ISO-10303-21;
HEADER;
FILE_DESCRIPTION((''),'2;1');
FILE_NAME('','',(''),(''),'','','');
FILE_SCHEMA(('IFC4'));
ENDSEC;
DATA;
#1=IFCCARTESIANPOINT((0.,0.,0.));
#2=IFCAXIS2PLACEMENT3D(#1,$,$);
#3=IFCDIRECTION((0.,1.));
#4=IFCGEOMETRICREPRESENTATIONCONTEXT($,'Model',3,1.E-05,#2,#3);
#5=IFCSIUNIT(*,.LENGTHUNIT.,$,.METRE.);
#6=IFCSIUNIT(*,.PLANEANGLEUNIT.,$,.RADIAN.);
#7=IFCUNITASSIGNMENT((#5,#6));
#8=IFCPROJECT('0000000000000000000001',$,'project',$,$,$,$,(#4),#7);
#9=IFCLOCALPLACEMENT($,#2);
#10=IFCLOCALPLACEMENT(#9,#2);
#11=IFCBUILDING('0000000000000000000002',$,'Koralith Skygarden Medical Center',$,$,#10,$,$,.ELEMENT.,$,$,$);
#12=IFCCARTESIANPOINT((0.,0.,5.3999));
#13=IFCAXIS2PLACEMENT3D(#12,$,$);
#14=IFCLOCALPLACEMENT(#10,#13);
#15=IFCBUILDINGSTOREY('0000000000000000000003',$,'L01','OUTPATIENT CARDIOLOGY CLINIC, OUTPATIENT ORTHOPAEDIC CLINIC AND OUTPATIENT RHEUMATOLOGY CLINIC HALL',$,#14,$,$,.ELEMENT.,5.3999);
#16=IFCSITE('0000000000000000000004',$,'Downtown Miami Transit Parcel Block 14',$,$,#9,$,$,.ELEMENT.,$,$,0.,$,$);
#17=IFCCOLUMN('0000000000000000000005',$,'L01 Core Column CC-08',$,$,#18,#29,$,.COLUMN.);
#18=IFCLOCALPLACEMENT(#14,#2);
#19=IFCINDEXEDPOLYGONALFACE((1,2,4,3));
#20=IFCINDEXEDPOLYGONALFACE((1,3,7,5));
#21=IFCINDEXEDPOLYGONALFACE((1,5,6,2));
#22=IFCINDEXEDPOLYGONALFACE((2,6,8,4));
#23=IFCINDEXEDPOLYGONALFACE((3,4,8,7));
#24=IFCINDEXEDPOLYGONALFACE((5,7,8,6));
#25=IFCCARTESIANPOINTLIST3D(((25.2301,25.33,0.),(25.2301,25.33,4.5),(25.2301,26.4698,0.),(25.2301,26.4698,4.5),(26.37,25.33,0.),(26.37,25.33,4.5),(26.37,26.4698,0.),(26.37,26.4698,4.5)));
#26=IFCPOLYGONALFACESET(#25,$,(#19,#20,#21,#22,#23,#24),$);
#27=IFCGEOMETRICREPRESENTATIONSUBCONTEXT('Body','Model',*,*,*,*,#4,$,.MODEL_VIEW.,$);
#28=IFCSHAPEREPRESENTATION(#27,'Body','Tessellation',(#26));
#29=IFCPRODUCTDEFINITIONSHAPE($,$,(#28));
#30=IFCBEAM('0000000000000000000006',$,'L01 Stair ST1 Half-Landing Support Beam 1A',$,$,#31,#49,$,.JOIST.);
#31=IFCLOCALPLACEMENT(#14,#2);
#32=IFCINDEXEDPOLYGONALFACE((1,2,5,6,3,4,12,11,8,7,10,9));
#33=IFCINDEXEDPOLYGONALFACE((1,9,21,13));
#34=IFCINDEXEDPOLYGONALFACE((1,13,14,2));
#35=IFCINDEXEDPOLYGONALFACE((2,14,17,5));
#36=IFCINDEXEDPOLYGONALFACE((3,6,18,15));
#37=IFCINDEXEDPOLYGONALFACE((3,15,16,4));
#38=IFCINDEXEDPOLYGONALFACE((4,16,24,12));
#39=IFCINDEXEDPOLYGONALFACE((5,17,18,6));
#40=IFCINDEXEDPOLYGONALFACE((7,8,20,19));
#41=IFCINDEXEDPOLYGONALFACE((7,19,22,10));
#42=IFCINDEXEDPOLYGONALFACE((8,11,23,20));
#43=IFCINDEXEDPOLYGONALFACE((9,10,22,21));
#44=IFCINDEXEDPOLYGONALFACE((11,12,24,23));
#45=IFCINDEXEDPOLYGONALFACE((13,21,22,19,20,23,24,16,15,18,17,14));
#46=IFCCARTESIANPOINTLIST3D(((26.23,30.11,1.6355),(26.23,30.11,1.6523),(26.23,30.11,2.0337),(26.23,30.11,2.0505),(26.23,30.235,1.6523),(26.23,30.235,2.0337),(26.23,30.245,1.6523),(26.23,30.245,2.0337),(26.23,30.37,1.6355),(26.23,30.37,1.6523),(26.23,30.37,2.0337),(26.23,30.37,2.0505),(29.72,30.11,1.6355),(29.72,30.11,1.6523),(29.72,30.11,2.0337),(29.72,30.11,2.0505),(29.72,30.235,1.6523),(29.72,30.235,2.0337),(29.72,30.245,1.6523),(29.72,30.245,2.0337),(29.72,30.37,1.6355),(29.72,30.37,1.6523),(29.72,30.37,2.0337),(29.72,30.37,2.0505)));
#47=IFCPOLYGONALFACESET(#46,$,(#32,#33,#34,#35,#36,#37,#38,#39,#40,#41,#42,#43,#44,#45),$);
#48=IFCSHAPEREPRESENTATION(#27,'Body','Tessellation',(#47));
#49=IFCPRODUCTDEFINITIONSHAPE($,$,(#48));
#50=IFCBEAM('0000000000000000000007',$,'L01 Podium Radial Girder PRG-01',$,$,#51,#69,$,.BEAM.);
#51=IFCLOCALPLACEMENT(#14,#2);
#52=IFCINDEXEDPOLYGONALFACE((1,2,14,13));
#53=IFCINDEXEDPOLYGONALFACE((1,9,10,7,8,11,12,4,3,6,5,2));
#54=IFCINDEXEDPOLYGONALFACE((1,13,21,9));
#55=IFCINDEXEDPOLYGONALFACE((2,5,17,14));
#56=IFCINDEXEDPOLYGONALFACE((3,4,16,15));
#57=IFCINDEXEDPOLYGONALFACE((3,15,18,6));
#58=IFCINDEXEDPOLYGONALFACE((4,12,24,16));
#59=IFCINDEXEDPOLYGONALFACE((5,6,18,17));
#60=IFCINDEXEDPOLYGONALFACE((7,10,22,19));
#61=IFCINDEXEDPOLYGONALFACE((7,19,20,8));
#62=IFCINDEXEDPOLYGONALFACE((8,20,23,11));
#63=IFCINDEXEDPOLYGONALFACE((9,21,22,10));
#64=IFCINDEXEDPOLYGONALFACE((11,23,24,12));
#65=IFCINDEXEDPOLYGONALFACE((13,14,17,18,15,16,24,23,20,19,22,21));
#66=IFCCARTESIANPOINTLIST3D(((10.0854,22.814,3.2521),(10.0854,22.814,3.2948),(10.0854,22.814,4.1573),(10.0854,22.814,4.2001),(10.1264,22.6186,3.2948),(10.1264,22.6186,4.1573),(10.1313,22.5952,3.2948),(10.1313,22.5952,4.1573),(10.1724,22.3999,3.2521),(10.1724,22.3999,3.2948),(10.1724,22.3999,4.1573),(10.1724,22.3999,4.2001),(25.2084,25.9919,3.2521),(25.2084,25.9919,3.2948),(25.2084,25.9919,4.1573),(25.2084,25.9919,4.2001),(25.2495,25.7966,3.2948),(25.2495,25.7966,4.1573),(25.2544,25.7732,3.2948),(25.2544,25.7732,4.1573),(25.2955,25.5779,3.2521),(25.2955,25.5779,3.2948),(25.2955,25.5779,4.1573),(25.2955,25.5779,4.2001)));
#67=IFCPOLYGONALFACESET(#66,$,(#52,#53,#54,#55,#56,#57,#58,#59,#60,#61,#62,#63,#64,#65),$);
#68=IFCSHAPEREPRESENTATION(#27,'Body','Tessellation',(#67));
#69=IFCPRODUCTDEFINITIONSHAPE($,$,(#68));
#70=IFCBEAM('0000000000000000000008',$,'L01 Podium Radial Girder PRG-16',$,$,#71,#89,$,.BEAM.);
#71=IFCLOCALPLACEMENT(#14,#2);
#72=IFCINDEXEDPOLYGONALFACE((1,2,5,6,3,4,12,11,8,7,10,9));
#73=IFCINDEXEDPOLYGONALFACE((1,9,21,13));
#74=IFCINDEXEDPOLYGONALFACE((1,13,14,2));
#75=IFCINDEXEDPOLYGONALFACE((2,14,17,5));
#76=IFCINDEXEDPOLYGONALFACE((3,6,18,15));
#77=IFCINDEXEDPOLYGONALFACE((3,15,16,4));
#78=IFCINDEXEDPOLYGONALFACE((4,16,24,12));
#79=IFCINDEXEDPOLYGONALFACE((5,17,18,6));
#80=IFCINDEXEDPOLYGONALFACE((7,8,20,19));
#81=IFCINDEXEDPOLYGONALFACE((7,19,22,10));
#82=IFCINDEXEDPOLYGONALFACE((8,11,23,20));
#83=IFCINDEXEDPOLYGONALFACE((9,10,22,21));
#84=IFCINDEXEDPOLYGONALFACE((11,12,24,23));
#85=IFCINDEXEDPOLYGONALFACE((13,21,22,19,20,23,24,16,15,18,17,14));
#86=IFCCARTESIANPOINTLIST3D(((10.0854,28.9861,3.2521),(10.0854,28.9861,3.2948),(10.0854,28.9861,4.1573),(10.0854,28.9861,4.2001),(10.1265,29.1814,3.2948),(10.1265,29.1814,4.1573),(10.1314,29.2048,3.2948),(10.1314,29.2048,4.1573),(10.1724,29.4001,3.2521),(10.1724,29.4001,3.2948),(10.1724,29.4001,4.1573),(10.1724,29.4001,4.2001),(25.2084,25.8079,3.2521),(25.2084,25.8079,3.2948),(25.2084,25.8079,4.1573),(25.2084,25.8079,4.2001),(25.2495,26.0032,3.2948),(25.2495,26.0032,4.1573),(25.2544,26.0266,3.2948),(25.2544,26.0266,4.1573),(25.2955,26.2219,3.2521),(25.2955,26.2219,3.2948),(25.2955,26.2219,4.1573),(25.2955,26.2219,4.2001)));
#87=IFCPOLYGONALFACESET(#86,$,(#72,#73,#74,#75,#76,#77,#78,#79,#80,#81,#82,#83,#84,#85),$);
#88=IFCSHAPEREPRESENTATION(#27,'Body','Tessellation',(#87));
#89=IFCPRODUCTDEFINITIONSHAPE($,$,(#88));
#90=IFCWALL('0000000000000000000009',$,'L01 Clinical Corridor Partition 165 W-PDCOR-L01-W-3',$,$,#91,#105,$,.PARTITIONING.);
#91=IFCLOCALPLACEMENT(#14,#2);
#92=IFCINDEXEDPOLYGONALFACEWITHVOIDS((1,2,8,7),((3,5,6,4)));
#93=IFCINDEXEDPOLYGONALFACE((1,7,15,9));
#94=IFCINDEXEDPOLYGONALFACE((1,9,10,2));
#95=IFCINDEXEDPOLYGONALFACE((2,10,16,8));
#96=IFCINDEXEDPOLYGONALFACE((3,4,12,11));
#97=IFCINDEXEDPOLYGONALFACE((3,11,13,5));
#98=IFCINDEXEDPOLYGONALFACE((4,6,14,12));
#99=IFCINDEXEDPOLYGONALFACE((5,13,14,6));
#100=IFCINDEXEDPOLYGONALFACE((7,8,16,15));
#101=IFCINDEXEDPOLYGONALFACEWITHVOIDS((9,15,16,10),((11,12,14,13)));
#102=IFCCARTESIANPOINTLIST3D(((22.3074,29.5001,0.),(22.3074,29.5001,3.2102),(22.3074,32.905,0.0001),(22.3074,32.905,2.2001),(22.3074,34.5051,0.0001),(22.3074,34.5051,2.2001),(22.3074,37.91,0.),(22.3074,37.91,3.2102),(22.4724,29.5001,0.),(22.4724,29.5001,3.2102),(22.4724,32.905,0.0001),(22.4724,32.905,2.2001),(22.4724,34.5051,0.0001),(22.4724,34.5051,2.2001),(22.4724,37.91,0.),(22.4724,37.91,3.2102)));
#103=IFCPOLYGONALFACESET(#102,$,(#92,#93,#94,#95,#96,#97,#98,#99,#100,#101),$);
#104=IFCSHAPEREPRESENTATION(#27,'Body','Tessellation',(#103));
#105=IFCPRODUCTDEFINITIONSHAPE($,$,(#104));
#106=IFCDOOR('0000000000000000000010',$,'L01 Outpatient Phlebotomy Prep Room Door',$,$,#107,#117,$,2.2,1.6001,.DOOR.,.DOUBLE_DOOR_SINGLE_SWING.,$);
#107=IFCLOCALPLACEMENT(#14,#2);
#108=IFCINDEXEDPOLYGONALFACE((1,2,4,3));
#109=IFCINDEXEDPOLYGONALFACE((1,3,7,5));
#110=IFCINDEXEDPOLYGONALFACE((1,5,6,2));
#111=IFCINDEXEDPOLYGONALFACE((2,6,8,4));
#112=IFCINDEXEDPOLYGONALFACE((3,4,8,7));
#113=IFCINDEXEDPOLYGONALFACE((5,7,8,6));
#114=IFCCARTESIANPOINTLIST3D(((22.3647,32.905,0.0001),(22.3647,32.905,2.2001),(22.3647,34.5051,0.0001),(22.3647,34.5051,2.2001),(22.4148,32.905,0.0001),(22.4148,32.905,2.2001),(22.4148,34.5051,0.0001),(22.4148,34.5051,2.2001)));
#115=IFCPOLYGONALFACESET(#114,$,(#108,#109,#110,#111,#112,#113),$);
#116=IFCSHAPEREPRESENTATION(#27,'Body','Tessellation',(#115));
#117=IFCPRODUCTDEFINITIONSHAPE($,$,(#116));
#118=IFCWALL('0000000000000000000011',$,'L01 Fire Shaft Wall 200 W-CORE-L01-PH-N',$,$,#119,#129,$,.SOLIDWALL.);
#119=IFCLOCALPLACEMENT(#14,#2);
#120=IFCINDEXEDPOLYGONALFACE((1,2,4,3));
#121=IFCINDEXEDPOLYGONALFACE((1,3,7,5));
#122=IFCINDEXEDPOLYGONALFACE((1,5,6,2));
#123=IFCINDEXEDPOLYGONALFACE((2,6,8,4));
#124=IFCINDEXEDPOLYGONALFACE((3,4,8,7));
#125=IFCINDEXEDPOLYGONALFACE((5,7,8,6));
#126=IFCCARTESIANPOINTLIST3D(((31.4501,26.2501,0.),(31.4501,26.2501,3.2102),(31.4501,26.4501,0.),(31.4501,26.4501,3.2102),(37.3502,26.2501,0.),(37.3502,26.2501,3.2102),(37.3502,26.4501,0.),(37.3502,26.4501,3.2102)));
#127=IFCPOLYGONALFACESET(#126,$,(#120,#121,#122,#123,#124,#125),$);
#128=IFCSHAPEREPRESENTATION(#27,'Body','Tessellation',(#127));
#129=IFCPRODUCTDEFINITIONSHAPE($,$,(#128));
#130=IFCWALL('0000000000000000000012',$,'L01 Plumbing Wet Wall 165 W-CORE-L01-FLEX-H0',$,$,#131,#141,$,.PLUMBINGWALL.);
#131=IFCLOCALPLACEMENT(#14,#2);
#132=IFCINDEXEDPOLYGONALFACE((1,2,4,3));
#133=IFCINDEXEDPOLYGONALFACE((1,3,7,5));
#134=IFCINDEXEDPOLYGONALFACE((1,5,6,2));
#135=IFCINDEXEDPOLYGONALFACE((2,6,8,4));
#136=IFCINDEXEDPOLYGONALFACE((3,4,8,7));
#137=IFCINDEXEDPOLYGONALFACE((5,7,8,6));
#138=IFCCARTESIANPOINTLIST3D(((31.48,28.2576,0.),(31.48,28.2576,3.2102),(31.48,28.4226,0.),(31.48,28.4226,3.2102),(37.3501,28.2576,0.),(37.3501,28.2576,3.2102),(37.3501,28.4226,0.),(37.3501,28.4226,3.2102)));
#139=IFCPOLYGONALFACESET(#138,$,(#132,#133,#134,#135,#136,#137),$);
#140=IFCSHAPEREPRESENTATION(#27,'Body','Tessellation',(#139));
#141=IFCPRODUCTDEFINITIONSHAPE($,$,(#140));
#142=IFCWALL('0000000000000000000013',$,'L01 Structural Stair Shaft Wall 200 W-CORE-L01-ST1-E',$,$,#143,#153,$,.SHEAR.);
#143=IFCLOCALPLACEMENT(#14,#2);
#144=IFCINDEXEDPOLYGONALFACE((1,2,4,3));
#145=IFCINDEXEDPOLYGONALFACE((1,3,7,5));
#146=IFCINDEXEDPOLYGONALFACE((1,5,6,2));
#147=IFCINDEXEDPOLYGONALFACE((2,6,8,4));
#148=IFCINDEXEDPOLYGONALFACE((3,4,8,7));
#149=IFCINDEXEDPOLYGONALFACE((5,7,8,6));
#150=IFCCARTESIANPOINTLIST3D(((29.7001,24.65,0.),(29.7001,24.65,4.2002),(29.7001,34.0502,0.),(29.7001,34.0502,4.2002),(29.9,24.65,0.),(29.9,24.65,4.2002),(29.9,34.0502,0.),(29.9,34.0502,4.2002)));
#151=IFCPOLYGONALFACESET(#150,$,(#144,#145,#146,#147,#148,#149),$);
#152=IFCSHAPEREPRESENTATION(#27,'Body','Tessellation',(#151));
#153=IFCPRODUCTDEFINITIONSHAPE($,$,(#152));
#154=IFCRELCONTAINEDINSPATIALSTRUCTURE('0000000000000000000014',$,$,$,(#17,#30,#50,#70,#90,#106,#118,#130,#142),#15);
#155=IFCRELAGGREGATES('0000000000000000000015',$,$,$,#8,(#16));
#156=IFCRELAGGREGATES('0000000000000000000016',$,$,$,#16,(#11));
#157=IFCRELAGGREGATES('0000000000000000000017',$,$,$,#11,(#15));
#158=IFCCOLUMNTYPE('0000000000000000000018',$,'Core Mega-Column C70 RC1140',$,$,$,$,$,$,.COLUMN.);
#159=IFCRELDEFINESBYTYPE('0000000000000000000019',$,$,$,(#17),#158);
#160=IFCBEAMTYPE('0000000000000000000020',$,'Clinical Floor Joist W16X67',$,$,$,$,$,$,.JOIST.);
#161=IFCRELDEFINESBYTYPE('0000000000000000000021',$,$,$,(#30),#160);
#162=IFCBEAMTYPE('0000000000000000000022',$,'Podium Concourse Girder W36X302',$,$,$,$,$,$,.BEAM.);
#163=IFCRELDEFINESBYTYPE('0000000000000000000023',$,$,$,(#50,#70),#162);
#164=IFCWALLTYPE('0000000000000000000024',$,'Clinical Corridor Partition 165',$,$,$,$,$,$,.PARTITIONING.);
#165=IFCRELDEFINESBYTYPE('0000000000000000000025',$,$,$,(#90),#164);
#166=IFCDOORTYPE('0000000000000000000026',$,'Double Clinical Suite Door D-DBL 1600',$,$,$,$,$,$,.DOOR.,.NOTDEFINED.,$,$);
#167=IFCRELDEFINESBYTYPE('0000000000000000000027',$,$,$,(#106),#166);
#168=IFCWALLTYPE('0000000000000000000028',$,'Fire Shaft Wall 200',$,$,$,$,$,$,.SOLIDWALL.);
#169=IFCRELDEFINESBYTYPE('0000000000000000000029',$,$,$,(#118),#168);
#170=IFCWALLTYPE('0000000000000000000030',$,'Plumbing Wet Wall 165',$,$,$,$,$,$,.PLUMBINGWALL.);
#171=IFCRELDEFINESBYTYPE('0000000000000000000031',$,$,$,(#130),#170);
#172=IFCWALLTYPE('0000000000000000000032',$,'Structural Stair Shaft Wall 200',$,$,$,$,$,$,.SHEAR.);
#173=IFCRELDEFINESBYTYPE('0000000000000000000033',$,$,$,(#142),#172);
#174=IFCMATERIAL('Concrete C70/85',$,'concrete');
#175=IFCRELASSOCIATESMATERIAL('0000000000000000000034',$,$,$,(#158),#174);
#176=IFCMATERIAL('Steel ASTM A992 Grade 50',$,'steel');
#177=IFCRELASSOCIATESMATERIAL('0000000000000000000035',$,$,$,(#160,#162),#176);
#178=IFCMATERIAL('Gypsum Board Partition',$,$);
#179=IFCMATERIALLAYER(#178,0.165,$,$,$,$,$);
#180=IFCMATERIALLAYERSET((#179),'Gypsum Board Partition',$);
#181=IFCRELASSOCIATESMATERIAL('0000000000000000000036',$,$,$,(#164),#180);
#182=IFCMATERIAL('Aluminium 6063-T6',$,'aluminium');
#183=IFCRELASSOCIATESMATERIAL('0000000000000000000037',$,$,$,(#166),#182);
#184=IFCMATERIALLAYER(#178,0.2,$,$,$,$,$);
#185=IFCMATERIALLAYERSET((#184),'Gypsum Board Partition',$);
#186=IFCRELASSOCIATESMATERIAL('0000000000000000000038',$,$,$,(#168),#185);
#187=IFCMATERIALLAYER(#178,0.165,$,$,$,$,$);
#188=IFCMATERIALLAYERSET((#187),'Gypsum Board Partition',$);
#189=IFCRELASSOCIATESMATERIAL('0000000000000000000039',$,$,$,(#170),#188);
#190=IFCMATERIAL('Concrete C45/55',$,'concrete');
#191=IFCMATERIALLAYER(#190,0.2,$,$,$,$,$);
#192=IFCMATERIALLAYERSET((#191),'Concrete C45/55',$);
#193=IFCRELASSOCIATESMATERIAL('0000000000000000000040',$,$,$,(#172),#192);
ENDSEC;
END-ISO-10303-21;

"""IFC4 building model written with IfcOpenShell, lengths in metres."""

from ifc_helpers import new_model, si_unit, direction, frame, frame_2d, origin, origin_2d, place, context, subcontext, project, spatial, rectangle, i_section, extrude, material, layer, layer_set, material_profile, profile_set, type_object, element, fill, save


model = new_model("IFC4")

# Units and contexts
model_context = context("Model", 3, precision=1e-05, world=origin(), true_north=direction((0.0, 1.0)))
body_context = subcontext(model_context, "Body", "Model", "MODEL_VIEW")
ifc_project = project(units=[si_unit("LENGTHUNIT", "METRE"), si_unit("PLANEANGLEUNIT", "RADIAN")], contexts=[model_context])

# Site, building, storey
site_placement = place(None, origin())
site = spatial("IfcSite", under=ifc_project, at=site_placement, Name="Downtown Miami Transit Parcel Block 14", CompositionType="ELEMENT", RefElevation=0.0)
building_placement = place(site_placement, origin())
building = spatial("IfcBuilding", under=site, at=building_placement, Name="Koralith Skygarden Medical Center", CompositionType="ELEMENT")
storey_placement = place(building_placement, frame((0.0, 0.0, 5.3999)))
storey = spatial("IfcBuildingStorey", under=building, at=storey_placement, Name="L01", Description="OUTPATIENT CARDIOLOGY CLINIC, OUTPATIENT ORTHOPAEDIC CLINIC AND OUTPATIENT RHEUMATOLOGY CLINIC HALL", CompositionType="ELEMENT", Elevation=5.3999)

# Column
ifc_material_1 = material(Name="Concrete C70/85", Category="concrete")
ifc_material_profile_1 = material_profile(ifc_material_1, rectangle(XDim=1.1399, YDim=1.1399, at=origin_2d()), Name="RC1140X1140")
ifc_profile_set_1 = profile_set([ifc_material_profile_1], Name="Concrete C70/85")
column_type = type_object("IfcColumnType", Name="Core Mega-Column C70 RC1140", PredefinedType="COLUMN", material=ifc_profile_set_1)
column_placement = place(storey_placement, frame((25.8, 25.8999, 0.0), z_axis=(0.0, 0.0, 1.0), x_axis=(1.0, 0.0, 0.0)))
element("IfcColumn", 1, at=column_placement, inside=storey, type_object=column_type, Name="L01 Core Column CC-08", PredefinedType="COLUMN", context=body_context, shape_type="SweptSolid", body=[
    extrude(rectangle(XDim=1.1399, YDim=1.1399, at=origin_2d()), origin(), (0.0, 0.0, 1.0), 4.5),
])

# Beams
ifc_material_2 = material(Name="Steel ASTM A992 Grade 50", Category="steel")
ifc_material_profile_2 = material_profile(ifc_material_2, i_section(OverallWidth=0.26, OverallDepth=0.415, WebThickness=0.01, FlangeThickness=0.0168, at=origin_2d()), Name="W16X67")
ifc_profile_set_2 = profile_set([ifc_material_profile_2], Name="Steel ASTM A992 Grade 50")
beam_type_1 = type_object("IfcBeamType", Name="Clinical Floor Joist W16X67", PredefinedType="JOIST", material=ifc_profile_set_2)
beam_placement = place(storey_placement, frame((26.23, 30.24, 1.843), z_axis=(1.0, 0.0, 0.0), x_axis=(0.0, 1.0, 0.0)))
element("IfcBeam", 2, at=beam_placement, inside=storey, type_object=beam_type_1, Name="L01 Stair ST1 Half-Landing Support Beam 1A", PredefinedType="JOIST", context=body_context, shape_type="SweptSolid", body=[
    extrude(i_section(OverallWidth=0.26, OverallDepth=0.415, WebThickness=0.01, FlangeThickness=0.0168, at=origin_2d()), origin(), (0.0, 0.0, 1.0), 3.49),
])
ifc_material_profile_3 = material_profile(ifc_material_2, i_section(OverallWidth=0.4231, OverallDepth=0.948, WebThickness=0.0239, FlangeThickness=0.0427, at=origin_2d()), Name="W36X302")
ifc_profile_set_3 = profile_set([ifc_material_profile_3], Name="Steel ASTM A992 Grade 50")
beam_type_2 = type_object("IfcBeamType", Name="Podium Concourse Girder W36X302", PredefinedType="BEAM", material=ifc_profile_set_3)
for number, where, z_axis, x_axis, name in (
    (3, (25.252, 25.7849, 3.7261), (-0.978626, -0.20565, 0.0), (0.20565, -0.978626, 0.0), "L01 Podium Radial Girder PRG-01"),
    (4, (25.252, 26.0149, 3.7261), (-0.978622, 0.205665, 0.0), (-0.205665, -0.978622, 0.0), "L01 Podium Radial Girder PRG-16"),
):
    element("IfcBeam", number, at=place(storey_placement, frame(where, z_axis=z_axis, x_axis=x_axis)), inside=storey, type_object=beam_type_2, Name=name, PredefinedType="BEAM", context=body_context, shape_type="SweptSolid", body=[
        extrude(i_section(OverallWidth=0.4231, OverallDepth=0.948, WebThickness=0.0239, FlangeThickness=0.0427, at=origin_2d()), origin(), (0.0, 0.0, 1.0), 15.4534),
    ])

# Wall, opening, door
ifc_material_3 = material(Name="Gypsum Board Partition")
ifc_layer_1 = layer(ifc_material_3, 0.165)
ifc_layer_set_1 = layer_set([ifc_layer_1], Name="Gypsum Board Partition")
wall_type_1 = type_object("IfcWallType", Name="Clinical Corridor Partition 165", PredefinedType="PARTITIONING", material=ifc_layer_set_1)
wall_1_placement = place(storey_placement, frame((22.3899, 29.5, 0.0), z_axis=(0.0, 0.0, 1.0), x_axis=(0.0, 1.0, 0.0)))
wall_1 = element("IfcWall", 5, at=wall_1_placement, inside=storey, type_object=wall_type_1, Name="L01 Clinical Corridor Partition 165 W-PDCOR-L01-W-3", PredefinedType="PARTITIONING", context=body_context, shape_type="SweptSolid", body=[
    extrude(rectangle(XDim=8.4099, YDim=0.165, at=frame_2d((4.2051, 0.0))), origin(), (0.0, 0.0, 1.0), 3.2102),
])
opening_1_placement = place(wall_1_placement, frame((3.405, 0.0, 0.0)))
opening_1 = element("IfcOpeningElement", 6, at=opening_1_placement, cuts=wall_1, PredefinedType="OPENING", context=body_context, shape_type="SweptSolid", body=[
    extrude(rectangle(XDim=1.6001, YDim=2.2, at=frame_2d((0.8, 1.1001))), frame((0.0, 0.0925, 0.0), z_axis=(0.0, -1.0, 0.0), x_axis=(1.0, 0.0, 0.0)), (0.0, 0.0, 1.0), 0.1851),
])
ifc_material_4 = material(Name="Aluminium 6063-T6", Category="aluminium")
door_type_1 = type_object("IfcDoorType", Name="Double Clinical Suite Door D-DBL 1600", OperationType="NOTDEFINED", PredefinedType="DOOR", material=ifc_material_4)
door_1_placement = place(opening_1_placement, frame((1.6001, 0.0, 0.0), z_axis=(0.0, 0.0, 1.0), x_axis=(-1.0, 0.0, 0.0)))
door_1 = element("IfcDoor", 7, at=door_1_placement, inside=storey, type_object=door_type_1, Name="L01 Outpatient Phlebotomy Prep Room Door", OperationType="DOUBLE_DOOR_SINGLE_SWING", OverallHeight=2.2, OverallWidth=1.6001, PredefinedType="DOOR", context=body_context, shape_type="SweptSolid", body=[
    extrude(rectangle(XDim=1.6001, YDim=2.2, at=frame_2d((0.8, 1.1001))), frame((0.0, 0.0249, 0.0), z_axis=(0.0, -1.0, 0.0), x_axis=(1.0, 0.0, 0.0)), (0.0, 0.0, 1.0), 0.05),
])
fill(opening_1, door_1)

# Wall
ifc_layer_2 = layer(ifc_material_3, 0.2)
ifc_layer_set_2 = layer_set([ifc_layer_2], Name="Gypsum Board Partition")
wall_type_2 = type_object("IfcWallType", Name="Fire Shaft Wall 200", PredefinedType="SOLIDWALL", material=ifc_layer_set_2)
wall_2_placement = place(storey_placement, frame((31.45, 26.3501, 0.0), z_axis=(0.0, 0.0, 1.0), x_axis=(1.0, 0.0, 0.0)))
element("IfcWall", 8, at=wall_2_placement, inside=storey, type_object=wall_type_2, Name="L01 Fire Shaft Wall 200 W-CORE-L01-PH-N", PredefinedType="SOLIDWALL", context=body_context, shape_type="SweptSolid", body=[
    extrude(rectangle(XDim=5.9001, YDim=0.2, at=frame_2d((2.9502, 0.0))), origin(), (0.0, 0.0, 1.0), 3.2102),
])

# Shared definitions
ifc_layer_3 = layer(ifc_material_3, 0.165)
ifc_layer_set_3 = layer_set([ifc_layer_3], Name="Gypsum Board Partition")
wall_type_3 = type_object("IfcWallType", Name="Plumbing Wet Wall 165", PredefinedType="PLUMBINGWALL", material=ifc_layer_set_3)

# Walls
wall_3_placement = place(storey_placement, frame((31.48, 28.3401, 0.0), z_axis=(0.0, 0.0, 1.0), x_axis=(1.0, 0.0, 0.0)))
element("IfcWall", 9, at=wall_3_placement, inside=storey, type_object=wall_type_3, Name="L01 Plumbing Wet Wall 165 W-CORE-L01-FLEX-H0", PredefinedType="PLUMBINGWALL", context=body_context, shape_type="SweptSolid", body=[
    extrude(rectangle(XDim=5.8701, YDim=0.165, at=frame_2d((2.9351, 0.0))), origin(), (0.0, 0.0, 1.0), 3.2102),
])
ifc_material_5 = material(Name="Concrete C45/55", Category="concrete")
ifc_layer_4 = layer(ifc_material_5, 0.2)
ifc_layer_set_4 = layer_set([ifc_layer_4], Name="Concrete C45/55")
wall_type_4 = type_object("IfcWallType", Name="Structural Stair Shaft Wall 200", PredefinedType="SHEAR", material=ifc_layer_set_4)
wall_4_placement = place(storey_placement, frame((29.8, 24.6499, 0.0), z_axis=(0.0, 0.0, 1.0), x_axis=(0.0, 1.0, 0.0)))
element("IfcWall", 10, at=wall_4_placement, inside=storey, type_object=wall_type_4, Name="L01 Structural Stair Shaft Wall 200 W-CORE-L01-ST1-E", PredefinedType="SHEAR", context=body_context, shape_type="SweptSolid", body=[
    extrude(rectangle(XDim=9.4001, YDim=0.2, at=frame_2d((4.7002, 0.0))), origin(), (0.0, 0.0, 1.0), 4.2002),
])

save(model, "model.ifc")
